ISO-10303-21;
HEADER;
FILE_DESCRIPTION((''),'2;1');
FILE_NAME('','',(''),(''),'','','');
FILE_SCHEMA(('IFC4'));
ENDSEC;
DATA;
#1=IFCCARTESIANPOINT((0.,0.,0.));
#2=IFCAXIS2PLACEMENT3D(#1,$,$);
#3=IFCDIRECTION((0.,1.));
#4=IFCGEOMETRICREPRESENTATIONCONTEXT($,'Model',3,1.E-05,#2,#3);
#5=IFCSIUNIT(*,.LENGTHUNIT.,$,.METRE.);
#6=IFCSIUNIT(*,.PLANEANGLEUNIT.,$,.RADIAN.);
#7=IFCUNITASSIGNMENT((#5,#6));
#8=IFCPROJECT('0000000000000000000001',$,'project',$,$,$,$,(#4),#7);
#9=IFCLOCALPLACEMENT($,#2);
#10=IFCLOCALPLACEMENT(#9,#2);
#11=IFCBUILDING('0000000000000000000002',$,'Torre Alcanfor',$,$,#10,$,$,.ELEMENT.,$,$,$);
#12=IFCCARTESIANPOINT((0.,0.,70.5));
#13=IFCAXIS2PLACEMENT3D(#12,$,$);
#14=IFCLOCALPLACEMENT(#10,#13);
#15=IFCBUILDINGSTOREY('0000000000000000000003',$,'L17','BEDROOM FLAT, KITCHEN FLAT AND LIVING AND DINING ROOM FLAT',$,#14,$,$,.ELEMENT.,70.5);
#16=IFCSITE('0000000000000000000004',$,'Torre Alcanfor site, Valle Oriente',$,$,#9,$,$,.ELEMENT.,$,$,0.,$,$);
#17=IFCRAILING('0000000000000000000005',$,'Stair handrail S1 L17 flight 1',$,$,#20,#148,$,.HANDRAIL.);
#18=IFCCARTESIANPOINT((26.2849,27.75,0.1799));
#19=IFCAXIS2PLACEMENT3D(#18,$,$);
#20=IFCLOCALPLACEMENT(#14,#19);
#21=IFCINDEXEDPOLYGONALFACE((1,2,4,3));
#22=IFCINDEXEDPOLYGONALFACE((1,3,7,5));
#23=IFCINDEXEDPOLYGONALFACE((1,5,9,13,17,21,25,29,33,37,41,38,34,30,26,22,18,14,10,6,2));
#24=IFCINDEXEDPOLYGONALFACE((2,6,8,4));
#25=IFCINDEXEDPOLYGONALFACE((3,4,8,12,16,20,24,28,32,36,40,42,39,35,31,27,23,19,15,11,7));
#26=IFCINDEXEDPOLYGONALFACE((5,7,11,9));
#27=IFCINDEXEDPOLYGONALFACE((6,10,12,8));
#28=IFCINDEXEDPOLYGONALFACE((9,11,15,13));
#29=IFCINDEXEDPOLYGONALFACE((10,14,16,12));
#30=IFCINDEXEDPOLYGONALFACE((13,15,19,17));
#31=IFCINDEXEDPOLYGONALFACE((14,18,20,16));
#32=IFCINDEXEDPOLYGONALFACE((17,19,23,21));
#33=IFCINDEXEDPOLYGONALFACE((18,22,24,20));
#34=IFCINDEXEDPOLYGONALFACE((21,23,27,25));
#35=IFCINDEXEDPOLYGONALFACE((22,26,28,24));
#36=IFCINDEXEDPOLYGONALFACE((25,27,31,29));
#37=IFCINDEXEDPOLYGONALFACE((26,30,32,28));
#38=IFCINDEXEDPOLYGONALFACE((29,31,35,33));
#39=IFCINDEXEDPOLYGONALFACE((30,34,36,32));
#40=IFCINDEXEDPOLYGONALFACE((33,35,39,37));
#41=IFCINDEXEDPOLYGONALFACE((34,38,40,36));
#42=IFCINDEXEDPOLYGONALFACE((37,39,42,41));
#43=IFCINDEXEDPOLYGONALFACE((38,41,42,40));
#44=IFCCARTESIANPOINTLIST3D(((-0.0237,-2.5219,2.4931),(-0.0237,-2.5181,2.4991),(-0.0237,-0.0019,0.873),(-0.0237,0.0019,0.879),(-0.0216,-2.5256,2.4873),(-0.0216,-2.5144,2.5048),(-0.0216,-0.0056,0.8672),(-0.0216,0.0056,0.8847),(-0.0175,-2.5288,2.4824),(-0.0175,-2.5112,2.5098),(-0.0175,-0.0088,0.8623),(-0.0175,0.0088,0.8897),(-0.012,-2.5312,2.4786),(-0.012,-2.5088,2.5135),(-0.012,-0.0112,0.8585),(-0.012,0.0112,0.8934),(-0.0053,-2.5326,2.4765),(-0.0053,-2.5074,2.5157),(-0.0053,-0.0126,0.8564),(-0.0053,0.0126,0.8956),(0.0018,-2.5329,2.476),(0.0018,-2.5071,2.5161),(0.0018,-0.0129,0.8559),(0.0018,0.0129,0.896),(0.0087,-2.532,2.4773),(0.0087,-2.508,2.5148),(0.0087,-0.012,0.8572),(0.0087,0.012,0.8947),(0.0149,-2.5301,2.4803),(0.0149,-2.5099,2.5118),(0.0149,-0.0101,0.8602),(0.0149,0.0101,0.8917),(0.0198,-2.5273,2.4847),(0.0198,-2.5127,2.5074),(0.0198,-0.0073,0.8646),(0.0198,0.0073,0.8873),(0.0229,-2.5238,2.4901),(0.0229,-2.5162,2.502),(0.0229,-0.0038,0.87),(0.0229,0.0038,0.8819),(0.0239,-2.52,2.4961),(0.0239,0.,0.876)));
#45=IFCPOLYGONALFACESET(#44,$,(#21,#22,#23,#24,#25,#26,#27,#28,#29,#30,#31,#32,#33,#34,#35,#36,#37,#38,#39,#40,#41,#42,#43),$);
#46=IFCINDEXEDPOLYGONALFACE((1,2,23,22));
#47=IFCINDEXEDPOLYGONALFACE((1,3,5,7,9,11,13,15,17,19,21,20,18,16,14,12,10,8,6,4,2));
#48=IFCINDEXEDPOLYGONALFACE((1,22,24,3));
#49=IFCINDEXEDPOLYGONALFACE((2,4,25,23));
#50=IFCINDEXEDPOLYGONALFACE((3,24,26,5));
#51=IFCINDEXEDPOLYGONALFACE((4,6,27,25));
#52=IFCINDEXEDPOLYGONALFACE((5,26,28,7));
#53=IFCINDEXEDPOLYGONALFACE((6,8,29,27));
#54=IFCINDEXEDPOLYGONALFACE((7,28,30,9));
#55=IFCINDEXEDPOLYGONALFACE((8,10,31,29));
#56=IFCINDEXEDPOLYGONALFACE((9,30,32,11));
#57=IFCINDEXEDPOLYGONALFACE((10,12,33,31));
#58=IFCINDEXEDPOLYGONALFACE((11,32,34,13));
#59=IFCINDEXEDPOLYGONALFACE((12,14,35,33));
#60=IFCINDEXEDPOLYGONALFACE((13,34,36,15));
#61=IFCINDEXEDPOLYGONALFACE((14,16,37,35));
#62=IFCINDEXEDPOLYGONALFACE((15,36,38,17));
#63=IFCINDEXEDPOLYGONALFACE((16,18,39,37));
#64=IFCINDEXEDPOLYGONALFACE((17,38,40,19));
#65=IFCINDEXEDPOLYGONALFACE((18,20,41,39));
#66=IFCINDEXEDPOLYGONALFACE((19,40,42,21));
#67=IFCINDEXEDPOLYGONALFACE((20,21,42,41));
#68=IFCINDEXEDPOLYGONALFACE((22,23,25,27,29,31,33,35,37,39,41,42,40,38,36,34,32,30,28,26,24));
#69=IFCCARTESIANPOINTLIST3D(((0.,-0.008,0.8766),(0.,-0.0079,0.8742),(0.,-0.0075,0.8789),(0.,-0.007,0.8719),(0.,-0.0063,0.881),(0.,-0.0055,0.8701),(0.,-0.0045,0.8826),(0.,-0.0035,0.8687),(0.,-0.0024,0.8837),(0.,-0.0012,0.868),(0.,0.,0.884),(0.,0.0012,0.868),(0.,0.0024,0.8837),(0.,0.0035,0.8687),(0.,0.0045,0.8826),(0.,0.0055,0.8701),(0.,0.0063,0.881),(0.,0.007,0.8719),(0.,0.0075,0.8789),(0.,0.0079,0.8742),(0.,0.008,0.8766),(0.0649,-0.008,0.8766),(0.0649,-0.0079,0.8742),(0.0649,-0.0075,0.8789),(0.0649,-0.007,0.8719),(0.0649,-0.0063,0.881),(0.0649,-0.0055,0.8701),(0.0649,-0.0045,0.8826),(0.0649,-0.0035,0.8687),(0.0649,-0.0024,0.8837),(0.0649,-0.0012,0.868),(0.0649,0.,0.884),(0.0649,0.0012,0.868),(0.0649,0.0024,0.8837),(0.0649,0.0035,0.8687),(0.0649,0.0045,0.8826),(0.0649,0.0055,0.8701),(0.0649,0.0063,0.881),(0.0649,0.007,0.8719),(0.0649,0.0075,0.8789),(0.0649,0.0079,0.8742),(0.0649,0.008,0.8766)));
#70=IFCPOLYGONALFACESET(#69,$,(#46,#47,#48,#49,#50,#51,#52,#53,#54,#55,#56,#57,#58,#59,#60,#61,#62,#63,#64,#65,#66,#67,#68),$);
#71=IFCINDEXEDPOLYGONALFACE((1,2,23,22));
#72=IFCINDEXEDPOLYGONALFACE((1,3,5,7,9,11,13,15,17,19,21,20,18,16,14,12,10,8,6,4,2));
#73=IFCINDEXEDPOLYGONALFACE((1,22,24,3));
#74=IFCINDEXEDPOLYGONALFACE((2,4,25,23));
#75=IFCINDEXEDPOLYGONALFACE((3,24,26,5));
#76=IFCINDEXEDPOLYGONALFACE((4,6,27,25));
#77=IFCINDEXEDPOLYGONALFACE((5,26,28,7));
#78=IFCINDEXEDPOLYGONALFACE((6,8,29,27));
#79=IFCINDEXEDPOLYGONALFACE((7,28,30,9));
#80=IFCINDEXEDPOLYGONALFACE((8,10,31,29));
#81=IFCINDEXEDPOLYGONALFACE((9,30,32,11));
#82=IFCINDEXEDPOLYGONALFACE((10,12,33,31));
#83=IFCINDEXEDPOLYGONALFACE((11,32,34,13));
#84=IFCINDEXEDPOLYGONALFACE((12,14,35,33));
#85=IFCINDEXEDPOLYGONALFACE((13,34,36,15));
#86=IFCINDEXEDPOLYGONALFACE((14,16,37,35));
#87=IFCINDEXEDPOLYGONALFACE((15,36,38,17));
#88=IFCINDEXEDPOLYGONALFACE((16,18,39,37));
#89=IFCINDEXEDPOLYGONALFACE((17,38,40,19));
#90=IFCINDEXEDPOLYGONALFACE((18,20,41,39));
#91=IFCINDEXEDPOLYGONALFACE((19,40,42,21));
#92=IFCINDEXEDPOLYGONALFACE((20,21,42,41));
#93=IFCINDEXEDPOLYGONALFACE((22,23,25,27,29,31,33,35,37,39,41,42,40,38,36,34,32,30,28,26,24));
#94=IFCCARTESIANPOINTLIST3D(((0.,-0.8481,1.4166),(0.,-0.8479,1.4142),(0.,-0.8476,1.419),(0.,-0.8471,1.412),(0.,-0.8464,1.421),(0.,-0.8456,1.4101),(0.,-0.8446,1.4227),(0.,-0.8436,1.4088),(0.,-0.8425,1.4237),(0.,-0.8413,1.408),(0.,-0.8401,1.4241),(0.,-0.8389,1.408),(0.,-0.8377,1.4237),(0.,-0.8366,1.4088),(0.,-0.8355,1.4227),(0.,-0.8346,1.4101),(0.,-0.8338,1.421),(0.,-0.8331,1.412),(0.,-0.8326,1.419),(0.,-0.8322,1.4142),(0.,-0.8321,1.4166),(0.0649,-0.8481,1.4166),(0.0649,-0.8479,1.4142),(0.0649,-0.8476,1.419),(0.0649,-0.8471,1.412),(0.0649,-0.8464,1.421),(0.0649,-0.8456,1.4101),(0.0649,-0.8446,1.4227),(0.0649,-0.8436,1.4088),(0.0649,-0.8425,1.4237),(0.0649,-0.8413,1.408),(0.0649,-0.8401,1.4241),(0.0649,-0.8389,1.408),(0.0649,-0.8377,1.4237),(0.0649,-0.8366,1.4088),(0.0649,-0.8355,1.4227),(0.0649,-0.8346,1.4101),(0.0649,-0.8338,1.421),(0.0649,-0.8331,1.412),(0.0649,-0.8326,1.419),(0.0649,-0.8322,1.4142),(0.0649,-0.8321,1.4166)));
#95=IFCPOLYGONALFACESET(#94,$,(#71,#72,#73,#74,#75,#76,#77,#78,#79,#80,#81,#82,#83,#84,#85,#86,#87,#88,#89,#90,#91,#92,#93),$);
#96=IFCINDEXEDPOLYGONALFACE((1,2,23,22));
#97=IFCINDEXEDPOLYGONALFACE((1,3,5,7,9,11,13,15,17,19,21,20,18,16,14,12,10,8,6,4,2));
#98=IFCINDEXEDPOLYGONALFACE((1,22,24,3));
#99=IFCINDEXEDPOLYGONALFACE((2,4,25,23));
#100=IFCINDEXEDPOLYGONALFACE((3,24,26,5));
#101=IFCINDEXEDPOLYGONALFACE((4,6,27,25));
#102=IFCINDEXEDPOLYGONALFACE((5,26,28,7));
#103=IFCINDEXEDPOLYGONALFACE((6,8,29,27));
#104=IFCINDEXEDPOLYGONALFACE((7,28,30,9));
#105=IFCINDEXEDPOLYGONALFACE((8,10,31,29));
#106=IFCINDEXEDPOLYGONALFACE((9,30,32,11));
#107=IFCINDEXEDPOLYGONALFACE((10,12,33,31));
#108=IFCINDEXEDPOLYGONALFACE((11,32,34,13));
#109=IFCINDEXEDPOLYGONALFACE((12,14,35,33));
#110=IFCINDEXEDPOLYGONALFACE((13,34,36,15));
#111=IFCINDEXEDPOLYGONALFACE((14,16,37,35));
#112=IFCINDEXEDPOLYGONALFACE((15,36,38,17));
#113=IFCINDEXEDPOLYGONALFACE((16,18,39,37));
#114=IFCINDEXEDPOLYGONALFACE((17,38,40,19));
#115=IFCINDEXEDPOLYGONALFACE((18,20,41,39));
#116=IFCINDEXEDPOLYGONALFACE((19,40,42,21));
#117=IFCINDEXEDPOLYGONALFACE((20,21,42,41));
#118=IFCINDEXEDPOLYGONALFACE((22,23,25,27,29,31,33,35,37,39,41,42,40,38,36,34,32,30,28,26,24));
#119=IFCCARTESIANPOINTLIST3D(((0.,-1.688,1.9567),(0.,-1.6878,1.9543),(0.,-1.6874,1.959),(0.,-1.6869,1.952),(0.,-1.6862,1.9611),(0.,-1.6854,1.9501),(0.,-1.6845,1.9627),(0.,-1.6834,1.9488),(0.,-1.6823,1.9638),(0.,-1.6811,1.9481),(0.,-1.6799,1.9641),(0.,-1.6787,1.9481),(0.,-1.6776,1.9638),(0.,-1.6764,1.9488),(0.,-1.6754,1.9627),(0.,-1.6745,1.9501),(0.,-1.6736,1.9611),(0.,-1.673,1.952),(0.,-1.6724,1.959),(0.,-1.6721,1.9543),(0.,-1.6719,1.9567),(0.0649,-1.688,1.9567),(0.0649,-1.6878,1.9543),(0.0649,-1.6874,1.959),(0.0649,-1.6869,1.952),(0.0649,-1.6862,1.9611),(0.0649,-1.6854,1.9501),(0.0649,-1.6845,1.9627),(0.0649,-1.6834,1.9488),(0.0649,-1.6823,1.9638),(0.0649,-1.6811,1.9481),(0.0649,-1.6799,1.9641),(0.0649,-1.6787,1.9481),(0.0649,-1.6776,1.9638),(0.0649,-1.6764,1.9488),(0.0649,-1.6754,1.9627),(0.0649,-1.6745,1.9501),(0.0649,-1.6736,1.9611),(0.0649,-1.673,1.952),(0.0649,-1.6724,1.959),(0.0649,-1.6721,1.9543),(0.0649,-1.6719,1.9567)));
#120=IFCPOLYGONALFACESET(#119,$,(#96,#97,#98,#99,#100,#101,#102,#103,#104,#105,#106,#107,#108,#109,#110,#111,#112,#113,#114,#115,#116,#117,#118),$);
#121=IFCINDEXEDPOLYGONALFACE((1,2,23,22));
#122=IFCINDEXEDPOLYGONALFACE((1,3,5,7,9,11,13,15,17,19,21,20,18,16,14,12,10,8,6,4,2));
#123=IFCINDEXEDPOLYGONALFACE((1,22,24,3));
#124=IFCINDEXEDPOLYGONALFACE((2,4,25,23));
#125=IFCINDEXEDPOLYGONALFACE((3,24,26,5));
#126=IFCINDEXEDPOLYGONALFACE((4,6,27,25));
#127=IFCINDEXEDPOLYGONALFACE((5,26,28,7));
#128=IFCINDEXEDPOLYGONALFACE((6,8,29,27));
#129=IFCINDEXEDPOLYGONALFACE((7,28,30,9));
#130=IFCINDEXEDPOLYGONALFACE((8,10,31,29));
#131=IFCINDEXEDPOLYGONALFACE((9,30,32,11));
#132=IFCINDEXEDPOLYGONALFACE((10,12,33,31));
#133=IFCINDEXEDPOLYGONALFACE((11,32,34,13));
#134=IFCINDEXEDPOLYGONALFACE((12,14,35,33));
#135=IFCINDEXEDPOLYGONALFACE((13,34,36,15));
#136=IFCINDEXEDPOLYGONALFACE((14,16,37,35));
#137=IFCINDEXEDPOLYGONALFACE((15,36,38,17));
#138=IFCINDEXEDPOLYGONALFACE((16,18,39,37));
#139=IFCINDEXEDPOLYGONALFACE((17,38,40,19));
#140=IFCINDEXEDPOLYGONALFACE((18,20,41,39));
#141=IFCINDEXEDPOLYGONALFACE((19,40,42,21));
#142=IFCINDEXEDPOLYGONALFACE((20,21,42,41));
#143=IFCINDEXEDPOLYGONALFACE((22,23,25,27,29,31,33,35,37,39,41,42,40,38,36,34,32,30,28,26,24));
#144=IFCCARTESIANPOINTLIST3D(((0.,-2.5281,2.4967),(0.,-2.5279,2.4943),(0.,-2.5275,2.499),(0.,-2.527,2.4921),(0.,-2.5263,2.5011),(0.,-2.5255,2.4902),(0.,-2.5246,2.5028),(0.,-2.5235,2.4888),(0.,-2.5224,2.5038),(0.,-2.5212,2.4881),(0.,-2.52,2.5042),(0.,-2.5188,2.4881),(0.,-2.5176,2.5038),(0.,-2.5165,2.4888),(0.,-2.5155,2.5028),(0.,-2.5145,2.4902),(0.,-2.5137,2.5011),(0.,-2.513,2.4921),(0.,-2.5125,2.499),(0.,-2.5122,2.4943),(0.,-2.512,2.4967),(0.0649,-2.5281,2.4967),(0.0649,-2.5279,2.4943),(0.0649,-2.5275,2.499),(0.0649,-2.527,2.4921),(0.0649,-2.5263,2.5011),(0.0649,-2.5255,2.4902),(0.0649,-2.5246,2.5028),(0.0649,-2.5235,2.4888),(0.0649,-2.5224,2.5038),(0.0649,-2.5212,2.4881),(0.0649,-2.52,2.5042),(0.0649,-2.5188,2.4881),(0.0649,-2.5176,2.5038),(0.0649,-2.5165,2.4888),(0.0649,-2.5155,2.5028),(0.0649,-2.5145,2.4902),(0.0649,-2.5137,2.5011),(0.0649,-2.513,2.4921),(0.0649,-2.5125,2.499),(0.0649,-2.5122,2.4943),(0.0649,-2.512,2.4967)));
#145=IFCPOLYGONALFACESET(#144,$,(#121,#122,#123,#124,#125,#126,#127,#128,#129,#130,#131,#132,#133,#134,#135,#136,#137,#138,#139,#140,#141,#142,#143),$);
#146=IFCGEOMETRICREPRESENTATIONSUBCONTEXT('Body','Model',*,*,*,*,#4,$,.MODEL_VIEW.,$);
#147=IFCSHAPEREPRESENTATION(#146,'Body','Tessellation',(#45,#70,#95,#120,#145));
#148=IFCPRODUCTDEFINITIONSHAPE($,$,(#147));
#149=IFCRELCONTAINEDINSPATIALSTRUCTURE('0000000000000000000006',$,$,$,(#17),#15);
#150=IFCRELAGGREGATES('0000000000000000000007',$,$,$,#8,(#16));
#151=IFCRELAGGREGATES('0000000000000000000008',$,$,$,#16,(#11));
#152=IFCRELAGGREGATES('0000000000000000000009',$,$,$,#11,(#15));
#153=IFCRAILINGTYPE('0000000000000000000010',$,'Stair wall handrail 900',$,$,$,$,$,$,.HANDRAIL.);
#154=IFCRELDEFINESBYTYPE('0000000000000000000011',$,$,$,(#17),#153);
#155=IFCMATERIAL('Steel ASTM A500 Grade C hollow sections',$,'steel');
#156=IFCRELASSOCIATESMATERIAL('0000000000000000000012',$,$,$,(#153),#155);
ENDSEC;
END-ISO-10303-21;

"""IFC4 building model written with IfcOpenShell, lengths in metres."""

from ifc_helpers import new_model, si_unit, direction, frame, origin, origin_2d, place, context, subcontext, project, spatial, circle, extrude, material, type_object, element, save


model = new_model("IFC4")

# Units and contexts
model_context = context("Model", 3, precision=1e-05, world=origin(), true_north=direction((0.0, 1.0)))
body_context = subcontext(model_context, "Body", "Model", "MODEL_VIEW")
ifc_project = project(units=[si_unit("LENGTHUNIT", "METRE"), si_unit("PLANEANGLEUNIT", "RADIAN")], contexts=[model_context])

# Site, building, storey
site_placement = place(None, origin())
site = spatial("IfcSite", under=ifc_project, at=site_placement, Name="Torre Alcanfor site, Valle Oriente", CompositionType="ELEMENT", RefElevation=0.0)
building_placement = place(site_placement, origin())
building = spatial("IfcBuilding", under=site, at=building_placement, Name="Torre Alcanfor", CompositionType="ELEMENT")
storey_placement = place(building_placement, frame((0.0, 0.0, 70.5)))
storey = spatial("IfcBuildingStorey", under=building, at=storey_placement, Name="L17", Description="BEDROOM FLAT, KITCHEN FLAT AND LIVING AND DINING ROOM FLAT", CompositionType="ELEMENT", Elevation=70.5)

# Railing
ifc_material_1 = material(Name="Steel ASTM A500 Grade C hollow sections", Category="steel")
railing_type_1 = type_object("IfcRailingType", Name="Stair wall handrail 900", PredefinedType="HANDRAIL", material=ifc_material_1)
railing_1_placement = place(storey_placement, frame((26.2849, 27.75, 0.1799)))
element("IfcRailing", 1, at=railing_1_placement, inside=storey, type_object=railing_type_1, Name="Stair handrail S1 L17 flight 1", PredefinedType="HANDRAIL", context=body_context, shape_type="SweptSolid", body=[
    extrude(circle(Radius=0.0239, at=origin_2d()), frame((0.0, 0.0, 0.876), z_axis=(0.0, -0.841163, 0.540782), x_axis=(1.0, 0.0, 0.0)), (0.0, 0.0, 1.0), 2.9958),
    extrude(circle(Radius=0.0081, at=origin_2d()), frame((0.0, 0.0, 0.876), z_axis=(1.0, 0.0, 0.0), x_axis=(0.0, 0.0, 1.0)), (0.0, 0.0, 1.0), 0.0649),
    extrude(circle(Radius=0.0081, at=origin_2d()), frame((0.0, -0.8401, 1.416), z_axis=(1.0, 0.0, 0.0), x_axis=(0.0, 0.0, 1.0)), (0.0, 0.0, 1.0), 0.0649),
    extrude(circle(Radius=0.0081, at=origin_2d()), frame((0.0, -1.6799, 1.9561), z_axis=(1.0, 0.0, 0.0), x_axis=(0.0, 0.0, 1.0)), (0.0, 0.0, 1.0), 0.0649),
    extrude(circle(Radius=0.0081, at=origin_2d()), frame((0.0, -2.52, 2.4961), z_axis=(1.0, 0.0, 0.0), x_axis=(0.0, 0.0, 1.0)), (0.0, 0.0, 1.0), 0.0649),
])

save(model, "model.ifc")
